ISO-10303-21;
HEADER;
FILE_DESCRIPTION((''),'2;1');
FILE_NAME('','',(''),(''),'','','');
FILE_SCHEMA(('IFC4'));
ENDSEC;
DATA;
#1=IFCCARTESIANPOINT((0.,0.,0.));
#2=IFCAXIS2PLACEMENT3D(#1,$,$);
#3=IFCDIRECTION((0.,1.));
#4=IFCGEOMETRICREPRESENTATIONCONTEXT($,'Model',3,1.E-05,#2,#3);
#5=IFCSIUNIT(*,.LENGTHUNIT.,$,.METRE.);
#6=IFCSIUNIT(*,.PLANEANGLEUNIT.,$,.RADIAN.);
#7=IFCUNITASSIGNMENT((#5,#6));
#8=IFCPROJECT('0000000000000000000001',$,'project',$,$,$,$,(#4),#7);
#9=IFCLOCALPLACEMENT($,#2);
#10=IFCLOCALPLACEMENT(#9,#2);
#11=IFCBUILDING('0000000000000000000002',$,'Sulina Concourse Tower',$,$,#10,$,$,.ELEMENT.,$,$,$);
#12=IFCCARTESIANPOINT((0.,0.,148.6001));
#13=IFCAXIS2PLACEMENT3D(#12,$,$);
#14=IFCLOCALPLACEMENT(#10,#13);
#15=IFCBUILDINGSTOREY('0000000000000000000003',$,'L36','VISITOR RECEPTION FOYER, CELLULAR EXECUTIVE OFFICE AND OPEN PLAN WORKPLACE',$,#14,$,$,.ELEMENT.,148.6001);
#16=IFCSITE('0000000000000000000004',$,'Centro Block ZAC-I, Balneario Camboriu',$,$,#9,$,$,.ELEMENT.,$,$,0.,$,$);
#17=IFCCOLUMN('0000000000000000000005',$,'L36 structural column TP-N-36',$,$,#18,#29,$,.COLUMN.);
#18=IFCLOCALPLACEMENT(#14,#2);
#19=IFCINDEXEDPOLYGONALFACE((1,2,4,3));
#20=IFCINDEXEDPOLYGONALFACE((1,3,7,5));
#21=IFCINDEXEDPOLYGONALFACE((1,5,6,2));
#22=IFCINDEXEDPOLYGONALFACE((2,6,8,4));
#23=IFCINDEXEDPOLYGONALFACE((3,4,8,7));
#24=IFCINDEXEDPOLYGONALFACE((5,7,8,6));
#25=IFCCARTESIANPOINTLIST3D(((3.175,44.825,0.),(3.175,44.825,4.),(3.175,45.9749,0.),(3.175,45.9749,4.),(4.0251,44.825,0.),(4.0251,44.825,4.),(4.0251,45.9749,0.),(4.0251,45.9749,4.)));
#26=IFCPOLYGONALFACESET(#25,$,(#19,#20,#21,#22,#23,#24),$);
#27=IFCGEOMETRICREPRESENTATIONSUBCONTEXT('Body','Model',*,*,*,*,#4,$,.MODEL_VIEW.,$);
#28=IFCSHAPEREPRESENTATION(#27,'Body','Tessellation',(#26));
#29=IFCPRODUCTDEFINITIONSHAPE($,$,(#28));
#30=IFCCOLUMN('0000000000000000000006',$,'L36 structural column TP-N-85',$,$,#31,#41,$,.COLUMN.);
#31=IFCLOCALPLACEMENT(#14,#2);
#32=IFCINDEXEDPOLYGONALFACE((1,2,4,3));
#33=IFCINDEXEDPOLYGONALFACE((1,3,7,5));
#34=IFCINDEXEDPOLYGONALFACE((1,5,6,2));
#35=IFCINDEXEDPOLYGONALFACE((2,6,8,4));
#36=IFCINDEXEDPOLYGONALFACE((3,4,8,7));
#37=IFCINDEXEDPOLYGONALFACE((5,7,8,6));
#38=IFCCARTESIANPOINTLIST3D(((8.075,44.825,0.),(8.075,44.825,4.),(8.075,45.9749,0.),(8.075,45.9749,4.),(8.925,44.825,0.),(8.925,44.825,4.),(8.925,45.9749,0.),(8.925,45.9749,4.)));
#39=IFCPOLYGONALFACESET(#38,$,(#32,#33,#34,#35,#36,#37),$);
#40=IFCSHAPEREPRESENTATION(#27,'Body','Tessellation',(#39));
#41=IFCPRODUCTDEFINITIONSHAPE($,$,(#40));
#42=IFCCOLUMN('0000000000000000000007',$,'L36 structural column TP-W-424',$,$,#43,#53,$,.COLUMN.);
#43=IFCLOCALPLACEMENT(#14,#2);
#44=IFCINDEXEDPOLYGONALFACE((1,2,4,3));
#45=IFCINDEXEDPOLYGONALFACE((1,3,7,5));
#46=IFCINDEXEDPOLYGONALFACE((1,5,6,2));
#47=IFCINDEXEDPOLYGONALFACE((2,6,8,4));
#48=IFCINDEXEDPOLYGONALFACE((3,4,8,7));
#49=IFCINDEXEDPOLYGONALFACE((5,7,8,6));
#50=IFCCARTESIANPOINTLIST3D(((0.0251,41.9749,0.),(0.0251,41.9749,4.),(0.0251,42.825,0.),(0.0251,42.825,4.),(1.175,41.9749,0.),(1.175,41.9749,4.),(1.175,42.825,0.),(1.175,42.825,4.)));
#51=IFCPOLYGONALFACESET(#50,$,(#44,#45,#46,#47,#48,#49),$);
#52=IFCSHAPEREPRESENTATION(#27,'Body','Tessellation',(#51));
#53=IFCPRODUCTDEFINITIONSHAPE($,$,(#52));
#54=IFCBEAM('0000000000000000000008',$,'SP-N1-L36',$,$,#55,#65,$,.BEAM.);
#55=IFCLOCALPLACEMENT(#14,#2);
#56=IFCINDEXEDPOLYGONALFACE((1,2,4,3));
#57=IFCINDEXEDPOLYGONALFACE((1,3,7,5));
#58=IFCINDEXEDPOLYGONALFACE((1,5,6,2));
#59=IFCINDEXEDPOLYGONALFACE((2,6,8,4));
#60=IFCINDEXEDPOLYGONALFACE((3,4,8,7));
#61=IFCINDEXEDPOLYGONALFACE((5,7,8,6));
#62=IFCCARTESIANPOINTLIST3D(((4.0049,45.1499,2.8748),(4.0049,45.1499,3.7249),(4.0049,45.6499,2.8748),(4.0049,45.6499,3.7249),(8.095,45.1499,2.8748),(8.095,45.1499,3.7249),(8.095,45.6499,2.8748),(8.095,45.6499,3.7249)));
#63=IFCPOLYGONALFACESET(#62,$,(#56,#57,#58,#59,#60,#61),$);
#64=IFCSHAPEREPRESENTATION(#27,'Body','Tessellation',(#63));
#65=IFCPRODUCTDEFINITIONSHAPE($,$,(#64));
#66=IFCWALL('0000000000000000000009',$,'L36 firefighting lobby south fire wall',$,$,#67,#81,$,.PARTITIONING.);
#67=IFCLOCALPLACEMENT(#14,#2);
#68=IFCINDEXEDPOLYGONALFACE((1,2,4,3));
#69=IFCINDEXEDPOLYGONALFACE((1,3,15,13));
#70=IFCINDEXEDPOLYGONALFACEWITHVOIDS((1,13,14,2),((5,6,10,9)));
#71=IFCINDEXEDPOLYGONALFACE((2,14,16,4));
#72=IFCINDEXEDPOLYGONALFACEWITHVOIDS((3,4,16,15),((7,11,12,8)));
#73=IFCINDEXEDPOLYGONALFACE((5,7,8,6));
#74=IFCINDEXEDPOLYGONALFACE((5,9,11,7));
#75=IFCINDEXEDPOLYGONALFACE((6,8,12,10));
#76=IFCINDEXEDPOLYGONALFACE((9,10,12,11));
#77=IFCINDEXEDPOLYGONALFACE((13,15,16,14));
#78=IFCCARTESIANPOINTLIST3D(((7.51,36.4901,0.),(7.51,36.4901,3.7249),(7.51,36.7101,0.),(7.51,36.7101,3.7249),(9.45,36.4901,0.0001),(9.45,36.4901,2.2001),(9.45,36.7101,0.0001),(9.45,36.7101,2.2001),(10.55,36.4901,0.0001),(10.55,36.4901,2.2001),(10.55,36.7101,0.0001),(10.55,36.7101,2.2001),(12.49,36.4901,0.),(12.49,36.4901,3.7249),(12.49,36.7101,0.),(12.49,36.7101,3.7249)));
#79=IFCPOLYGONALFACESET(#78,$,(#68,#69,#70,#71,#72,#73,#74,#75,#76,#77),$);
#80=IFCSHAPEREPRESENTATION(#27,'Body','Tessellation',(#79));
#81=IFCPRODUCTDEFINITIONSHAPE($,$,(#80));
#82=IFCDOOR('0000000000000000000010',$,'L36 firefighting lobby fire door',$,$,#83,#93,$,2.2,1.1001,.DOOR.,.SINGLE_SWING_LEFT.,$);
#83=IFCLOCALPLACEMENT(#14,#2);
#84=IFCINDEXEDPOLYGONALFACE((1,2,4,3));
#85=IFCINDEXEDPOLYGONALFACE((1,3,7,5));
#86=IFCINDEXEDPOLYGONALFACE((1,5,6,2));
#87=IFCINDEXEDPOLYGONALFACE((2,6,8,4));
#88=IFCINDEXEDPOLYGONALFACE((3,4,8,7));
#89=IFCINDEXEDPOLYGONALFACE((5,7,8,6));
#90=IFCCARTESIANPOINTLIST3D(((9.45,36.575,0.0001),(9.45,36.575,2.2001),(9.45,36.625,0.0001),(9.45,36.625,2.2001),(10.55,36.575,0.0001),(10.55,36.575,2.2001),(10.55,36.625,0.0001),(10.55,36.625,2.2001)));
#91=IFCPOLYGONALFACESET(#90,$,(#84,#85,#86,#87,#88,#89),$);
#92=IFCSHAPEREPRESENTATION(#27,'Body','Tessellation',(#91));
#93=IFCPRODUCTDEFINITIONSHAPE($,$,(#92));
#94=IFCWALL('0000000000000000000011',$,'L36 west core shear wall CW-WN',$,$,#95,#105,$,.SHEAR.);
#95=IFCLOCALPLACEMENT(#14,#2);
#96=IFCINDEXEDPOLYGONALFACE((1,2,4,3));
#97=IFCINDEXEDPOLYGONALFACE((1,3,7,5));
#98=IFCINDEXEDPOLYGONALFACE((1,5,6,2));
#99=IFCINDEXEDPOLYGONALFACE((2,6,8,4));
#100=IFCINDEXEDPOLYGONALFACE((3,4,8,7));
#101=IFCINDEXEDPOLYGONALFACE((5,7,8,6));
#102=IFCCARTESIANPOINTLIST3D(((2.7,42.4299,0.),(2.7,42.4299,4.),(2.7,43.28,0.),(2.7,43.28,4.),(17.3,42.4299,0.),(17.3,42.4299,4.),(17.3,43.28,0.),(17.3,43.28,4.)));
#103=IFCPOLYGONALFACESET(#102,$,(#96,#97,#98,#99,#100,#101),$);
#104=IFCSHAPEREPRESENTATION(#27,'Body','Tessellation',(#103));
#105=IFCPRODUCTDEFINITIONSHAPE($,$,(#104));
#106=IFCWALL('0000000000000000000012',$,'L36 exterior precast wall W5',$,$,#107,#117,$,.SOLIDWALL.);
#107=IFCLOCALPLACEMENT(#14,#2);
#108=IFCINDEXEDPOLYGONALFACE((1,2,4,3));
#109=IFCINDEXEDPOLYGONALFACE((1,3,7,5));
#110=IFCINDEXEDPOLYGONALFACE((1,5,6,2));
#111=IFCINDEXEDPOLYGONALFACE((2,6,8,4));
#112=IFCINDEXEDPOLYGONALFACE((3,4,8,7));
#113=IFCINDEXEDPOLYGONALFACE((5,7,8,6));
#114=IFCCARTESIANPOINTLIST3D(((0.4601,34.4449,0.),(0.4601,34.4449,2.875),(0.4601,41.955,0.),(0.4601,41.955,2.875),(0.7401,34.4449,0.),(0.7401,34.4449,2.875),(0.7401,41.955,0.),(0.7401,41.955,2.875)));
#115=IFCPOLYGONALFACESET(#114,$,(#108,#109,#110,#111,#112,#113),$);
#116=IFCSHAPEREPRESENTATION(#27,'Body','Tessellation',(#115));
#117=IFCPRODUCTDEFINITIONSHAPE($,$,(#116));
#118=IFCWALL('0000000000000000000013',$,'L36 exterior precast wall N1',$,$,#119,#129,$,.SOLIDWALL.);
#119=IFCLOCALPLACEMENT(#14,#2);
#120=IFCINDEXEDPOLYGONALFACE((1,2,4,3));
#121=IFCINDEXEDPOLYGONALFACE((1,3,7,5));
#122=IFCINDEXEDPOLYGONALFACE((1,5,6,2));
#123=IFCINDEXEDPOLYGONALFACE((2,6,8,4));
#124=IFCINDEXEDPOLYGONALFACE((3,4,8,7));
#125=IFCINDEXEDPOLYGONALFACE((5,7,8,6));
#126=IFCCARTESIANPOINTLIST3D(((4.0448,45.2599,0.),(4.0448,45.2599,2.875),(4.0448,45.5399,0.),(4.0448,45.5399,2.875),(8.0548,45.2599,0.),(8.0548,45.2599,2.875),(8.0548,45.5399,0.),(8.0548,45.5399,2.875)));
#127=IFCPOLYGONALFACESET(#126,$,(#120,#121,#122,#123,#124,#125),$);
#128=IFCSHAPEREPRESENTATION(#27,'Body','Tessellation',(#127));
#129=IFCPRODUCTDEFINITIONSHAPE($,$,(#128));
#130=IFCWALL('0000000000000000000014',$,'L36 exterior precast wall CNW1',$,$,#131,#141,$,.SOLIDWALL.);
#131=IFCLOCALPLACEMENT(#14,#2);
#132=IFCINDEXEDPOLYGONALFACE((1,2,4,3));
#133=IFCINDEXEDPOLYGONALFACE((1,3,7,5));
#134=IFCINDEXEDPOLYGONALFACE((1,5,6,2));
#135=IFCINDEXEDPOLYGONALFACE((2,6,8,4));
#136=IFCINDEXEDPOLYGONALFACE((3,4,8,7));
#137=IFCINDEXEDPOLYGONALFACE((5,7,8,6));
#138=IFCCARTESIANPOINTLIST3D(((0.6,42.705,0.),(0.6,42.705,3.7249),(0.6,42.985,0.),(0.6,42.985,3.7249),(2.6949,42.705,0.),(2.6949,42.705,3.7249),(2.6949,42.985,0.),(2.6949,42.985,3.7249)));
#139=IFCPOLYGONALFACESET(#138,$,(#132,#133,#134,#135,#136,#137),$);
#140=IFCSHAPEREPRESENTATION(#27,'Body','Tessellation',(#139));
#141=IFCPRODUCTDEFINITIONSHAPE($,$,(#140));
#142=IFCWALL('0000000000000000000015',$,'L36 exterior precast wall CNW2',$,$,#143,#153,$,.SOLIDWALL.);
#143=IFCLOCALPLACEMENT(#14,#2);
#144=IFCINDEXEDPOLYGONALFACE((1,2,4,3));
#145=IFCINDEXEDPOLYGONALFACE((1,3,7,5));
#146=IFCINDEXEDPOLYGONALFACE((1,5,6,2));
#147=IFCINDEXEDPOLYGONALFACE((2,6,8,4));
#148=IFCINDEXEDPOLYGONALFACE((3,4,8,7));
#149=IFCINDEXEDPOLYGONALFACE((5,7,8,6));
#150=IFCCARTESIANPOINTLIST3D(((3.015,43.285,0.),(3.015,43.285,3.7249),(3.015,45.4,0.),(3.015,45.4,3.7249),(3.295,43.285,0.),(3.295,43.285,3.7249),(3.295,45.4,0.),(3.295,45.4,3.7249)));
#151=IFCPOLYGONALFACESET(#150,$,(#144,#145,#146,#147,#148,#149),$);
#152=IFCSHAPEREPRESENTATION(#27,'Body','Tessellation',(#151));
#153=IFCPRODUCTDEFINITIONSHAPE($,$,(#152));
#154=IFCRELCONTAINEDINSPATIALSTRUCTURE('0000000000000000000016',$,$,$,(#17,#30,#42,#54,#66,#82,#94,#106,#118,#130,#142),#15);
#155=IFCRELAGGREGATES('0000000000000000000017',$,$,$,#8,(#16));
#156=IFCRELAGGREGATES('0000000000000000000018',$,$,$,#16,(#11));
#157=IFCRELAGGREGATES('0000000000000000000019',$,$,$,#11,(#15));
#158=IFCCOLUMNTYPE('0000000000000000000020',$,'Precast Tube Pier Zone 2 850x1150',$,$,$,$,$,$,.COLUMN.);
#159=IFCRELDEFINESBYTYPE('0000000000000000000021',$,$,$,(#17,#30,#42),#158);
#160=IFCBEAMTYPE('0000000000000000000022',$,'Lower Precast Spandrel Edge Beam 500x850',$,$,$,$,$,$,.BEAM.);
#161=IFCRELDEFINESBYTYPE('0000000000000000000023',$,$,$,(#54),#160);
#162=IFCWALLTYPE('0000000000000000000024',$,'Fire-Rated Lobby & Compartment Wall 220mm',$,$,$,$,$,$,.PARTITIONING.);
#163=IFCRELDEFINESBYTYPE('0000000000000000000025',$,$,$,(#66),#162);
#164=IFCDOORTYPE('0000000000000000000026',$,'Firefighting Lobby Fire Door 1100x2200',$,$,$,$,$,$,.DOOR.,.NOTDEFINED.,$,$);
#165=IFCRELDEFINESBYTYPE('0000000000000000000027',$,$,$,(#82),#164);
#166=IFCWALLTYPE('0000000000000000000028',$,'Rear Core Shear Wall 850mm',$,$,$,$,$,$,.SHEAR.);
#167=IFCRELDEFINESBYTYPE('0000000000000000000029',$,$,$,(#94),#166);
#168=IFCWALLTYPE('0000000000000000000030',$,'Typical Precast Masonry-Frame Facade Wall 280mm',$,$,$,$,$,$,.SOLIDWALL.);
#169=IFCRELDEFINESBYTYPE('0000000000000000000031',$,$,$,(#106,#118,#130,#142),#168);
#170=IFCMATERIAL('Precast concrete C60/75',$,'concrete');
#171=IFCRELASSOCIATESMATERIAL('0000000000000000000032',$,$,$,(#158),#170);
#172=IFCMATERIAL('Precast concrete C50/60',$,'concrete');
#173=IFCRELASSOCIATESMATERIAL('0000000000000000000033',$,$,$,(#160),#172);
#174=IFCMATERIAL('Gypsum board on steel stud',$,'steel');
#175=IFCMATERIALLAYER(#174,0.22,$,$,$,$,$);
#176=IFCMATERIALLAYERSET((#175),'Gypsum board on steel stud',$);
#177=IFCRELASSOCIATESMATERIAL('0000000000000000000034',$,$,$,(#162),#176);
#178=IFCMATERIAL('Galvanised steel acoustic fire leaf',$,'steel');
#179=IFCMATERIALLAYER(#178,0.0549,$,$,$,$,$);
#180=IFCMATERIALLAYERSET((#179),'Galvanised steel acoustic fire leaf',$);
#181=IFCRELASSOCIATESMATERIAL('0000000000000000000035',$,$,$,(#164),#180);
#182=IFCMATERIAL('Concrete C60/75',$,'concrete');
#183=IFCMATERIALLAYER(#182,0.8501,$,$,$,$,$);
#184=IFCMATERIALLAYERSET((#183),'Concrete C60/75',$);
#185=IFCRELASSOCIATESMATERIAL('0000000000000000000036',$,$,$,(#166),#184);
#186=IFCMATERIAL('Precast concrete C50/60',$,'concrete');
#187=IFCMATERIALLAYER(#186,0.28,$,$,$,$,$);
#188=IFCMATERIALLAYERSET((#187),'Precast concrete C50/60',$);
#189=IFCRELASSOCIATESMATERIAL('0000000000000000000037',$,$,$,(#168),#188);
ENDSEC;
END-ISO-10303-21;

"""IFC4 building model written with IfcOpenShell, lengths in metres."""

from ifc_helpers import new_model, si_unit, direction, frame, frame_2d, origin, origin_2d, place, context, subcontext, project, spatial, rectangle, extrude, material, layer, layer_set, material_profile, profile_set, type_object, element, fill, save


model = new_model("IFC4")

# Units and contexts
model_context = context("Model", 3, precision=1e-05, world=origin(), true_north=direction((0.0, 1.0)))
body_context = subcontext(model_context, "Body", "Model", "MODEL_VIEW")
ifc_project = project(units=[si_unit("LENGTHUNIT", "METRE"), si_unit("PLANEANGLEUNIT", "RADIAN")], contexts=[model_context])

# Site, building, storey
site_placement = place(None, origin())
site = spatial("IfcSite", under=ifc_project, at=site_placement, Name="Centro Block ZAC-I, Balneario Camboriu", CompositionType="ELEMENT", RefElevation=0.0)
building_placement = place(site_placement, origin())
building = spatial("IfcBuilding", under=site, at=building_placement, Name="Sulina Concourse Tower", CompositionType="ELEMENT")
storey_placement = place(building_placement, frame((0.0, 0.0, 148.6001)))
storey = spatial("IfcBuildingStorey", under=building, at=storey_placement, Name="L36", Description="VISITOR RECEPTION FOYER, CELLULAR EXECUTIVE OFFICE AND OPEN PLAN WORKPLACE", CompositionType="ELEMENT", Elevation=148.6001)

# Columns
ifc_material_1 = material(Name="Precast concrete C60/75", Category="concrete")
ifc_material_profile_1 = material_profile(ifc_material_1, rectangle(XDim=0.8501, YDim=1.1499, at=origin_2d()), Name="PC 850x1150")
ifc_profile_set_1 = profile_set([ifc_material_profile_1], Name="Precast concrete C60/75")
column_type = type_object("IfcColumnType", Name="Precast Tube Pier Zone 2 850x1150", PredefinedType="COLUMN", material=ifc_profile_set_1)
for number, where, z_axis, x_axis, name in (
    (1, (3.6001, 45.3999, 0.0), (0.0, 0.0, 1.0), (1.0, 0.0, 0.0), "L36 structural column TP-N-36"),
    (2, (8.5, 45.3999, 0.0), (0.0, 0.0, 1.0), (1.0, 0.0, 0.0), "L36 structural column TP-N-85"),
    (3, (0.6001, 42.3999, 0.0), (0.0, 0.0, 1.0), (0.0, 1.0, 0.0), "L36 structural column TP-W-424"),
):
    element("IfcColumn", number, at=place(storey_placement, frame(where, z_axis=z_axis, x_axis=x_axis)), inside=storey, type_object=column_type, Name=name, PredefinedType="COLUMN", context=body_context, shape_type="SweptSolid", body=[
        extrude(rectangle(XDim=0.8501, YDim=1.1499, at=origin_2d()), origin(), (0.0, 0.0, 1.0), 4.0),
    ])

# Beam
ifc_material_2 = material(Name="Precast concrete C50/60", Category="concrete")
ifc_material_profile_2 = material_profile(ifc_material_2, rectangle(XDim=0.5, YDim=0.8501, at=origin_2d()), Name="RC 500x850")
ifc_profile_set_2 = profile_set([ifc_material_profile_2], Name="Precast concrete C50/60")
beam_type = type_object("IfcBeamType", Name="Lower Precast Spandrel Edge Beam 500x850", PredefinedType="BEAM", material=ifc_profile_set_2)
beam_placement = place(storey_placement, frame((4.0049, 45.3999, 3.2998), z_axis=(1.0, 0.0, 0.0), x_axis=(0.0, 1.0, 0.0)))
element("IfcBeam", 4, at=beam_placement, inside=storey, type_object=beam_type, Name="SP-N1-L36", PredefinedType="BEAM", context=body_context, shape_type="SweptSolid", body=[
    extrude(rectangle(XDim=0.5, YDim=0.8501, at=origin_2d()), origin(), (0.0, 0.0, 1.0), 4.0901),
])

# Wall, opening, door
ifc_material_3 = material(Name="Gypsum board on steel stud", Category="steel")
ifc_layer_1 = layer(ifc_material_3, 0.22)
ifc_layer_set_1 = layer_set([ifc_layer_1], Name="Gypsum board on steel stud")
wall_type_1 = type_object("IfcWallType", Name="Fire-Rated Lobby & Compartment Wall 220mm", PredefinedType="PARTITIONING", material=ifc_layer_set_1)
wall_1_placement = place(storey_placement, frame((7.51, 36.6001, 0.0), z_axis=(0.0, 0.0, 1.0), x_axis=(1.0, 0.0, 0.0)))
wall_1 = element("IfcWall", 5, at=wall_1_placement, inside=storey, type_object=wall_type_1, Name="L36 firefighting lobby south fire wall", PredefinedType="PARTITIONING", context=body_context, shape_type="SweptSolid", body=[
    extrude(rectangle(XDim=4.98, YDim=0.22, at=frame_2d((2.49, 0.0))), origin(), (0.0, 0.0, 1.0), 3.7249),
])
opening_placement = place(wall_1_placement, frame((1.9399, 0.0, 0.0)))
opening = element("IfcOpeningElement", 6, at=opening_placement, cuts=wall_1, PredefinedType="OPENING", context=body_context, shape_type="SweptSolid", body=[
    extrude(rectangle(XDim=1.1001, YDim=2.2, at=frame_2d((0.55, 1.1001))), frame((0.0, 0.1199, 0.0), z_axis=(0.0, -1.0, 0.0), x_axis=(1.0, 0.0, 0.0)), (0.0, 0.0, 1.0), 0.24),
])
ifc_material_4 = material(Name="Galvanised steel acoustic fire leaf", Category="steel")
ifc_layer_2 = layer(ifc_material_4, 0.0549)
ifc_layer_set_2 = layer_set([ifc_layer_2], Name="Galvanised steel acoustic fire leaf")
door_type = type_object("IfcDoorType", Name="Firefighting Lobby Fire Door 1100x2200", OperationType="NOTDEFINED", PredefinedType="DOOR", material=ifc_layer_set_2)
door_placement = place(opening_placement, origin())
door = element("IfcDoor", 7, at=door_placement, inside=storey, type_object=door_type, Name="L36 firefighting lobby fire door", OperationType="SINGLE_SWING_LEFT", OverallHeight=2.2, OverallWidth=1.1001, PredefinedType="DOOR", context=body_context, shape_type="SweptSolid", body=[
    extrude(rectangle(XDim=1.1001, YDim=2.2, at=frame_2d((0.55, 1.1001))), frame((0.0, 0.0249, 0.0), z_axis=(0.0, -1.0, 0.0), x_axis=(1.0, 0.0, 0.0)), (0.0, 0.0, 1.0), 0.05),
])
fill(opening, door)

# Walls
ifc_material_5 = material(Name="Concrete C60/75", Category="concrete")
ifc_layer_3 = layer(ifc_material_5, 0.8501)
ifc_layer_set_3 = layer_set([ifc_layer_3], Name="Concrete C60/75")
wall_type_2 = type_object("IfcWallType", Name="Rear Core Shear Wall 850mm", PredefinedType="SHEAR", material=ifc_layer_set_3)
wall_2_placement = place(storey_placement, frame((2.7, 42.855, 0.0), z_axis=(0.0, 0.0, 1.0), x_axis=(1.0, 0.0, 0.0)))
element("IfcWall", 8, at=wall_2_placement, inside=storey, type_object=wall_type_2, Name="L36 west core shear wall CW-WN", PredefinedType="SHEAR", context=body_context, shape_type="SweptSolid", body=[
    extrude(rectangle(XDim=14.6001, YDim=0.8501, at=frame_2d((7.3, 0.0))), origin(), (0.0, 0.0, 1.0), 4.0),
])
ifc_material_6 = material(Name="Precast concrete C50/60", Category="concrete")
ifc_layer_4 = layer(ifc_material_6, 0.28)
ifc_layer_set_4 = layer_set([ifc_layer_4], Name="Precast concrete C50/60")
wall_type_3 = type_object("IfcWallType", Name="Typical Precast Masonry-Frame Facade Wall 280mm", PredefinedType="SOLIDWALL", material=ifc_layer_set_4)
wall_3_placement = place(storey_placement, frame((0.6001, 34.4451, 0.0), z_axis=(0.0, 0.0, 1.0), x_axis=(0.0, 1.0, 0.0)))
element("IfcWall", 9, at=wall_3_placement, inside=storey, type_object=wall_type_3, Name="L36 exterior precast wall W5", PredefinedType="SOLIDWALL", context=body_context, shape_type="SweptSolid", body=[
    extrude(rectangle(XDim=7.51, YDim=0.28, at=frame_2d((3.7549, 0.0))), origin(), (0.0, 0.0, 1.0), 2.875),
])
wall_4_placement = place(storey_placement, frame((4.0449, 45.3999, 0.0), z_axis=(0.0, 0.0, 1.0), x_axis=(1.0, 0.0, 0.0)))
element("IfcWall", 10, at=wall_4_placement, inside=storey, type_object=wall_type_3, Name="L36 exterior precast wall N1", PredefinedType="SOLIDWALL", context=body_context, shape_type="SweptSolid", body=[
    extrude(rectangle(XDim=4.01, YDim=0.28, at=frame_2d((2.0049, 0.0))), origin(), (0.0, 0.0, 1.0), 2.875),
])
wall_5_placement = place(storey_placement, frame((0.6001, 42.845, 0.0), z_axis=(0.0, 0.0, 1.0), x_axis=(1.0, 0.0, 0.0)))
element("IfcWall", 11, at=wall_5_placement, inside=storey, type_object=wall_type_3, Name="L36 exterior precast wall CNW1", PredefinedType="SOLIDWALL", context=body_context, shape_type="SweptSolid", body=[
    extrude(rectangle(XDim=2.095, YDim=0.28, at=frame_2d((1.0474, 0.0))), origin(), (0.0, 0.0, 1.0), 3.7249),
])
wall_6_placement = place(storey_placement, frame((3.155, 43.2849, 0.0), z_axis=(0.0, 0.0, 1.0), x_axis=(0.0, 1.0, 0.0)))
element("IfcWall", 12, at=wall_6_placement, inside=storey, type_object=wall_type_3, Name="L36 exterior precast wall CNW2", PredefinedType="SOLIDWALL", context=body_context, shape_type="SweptSolid", body=[
    extrude(rectangle(XDim=2.115, YDim=0.28, at=frame_2d((1.0576, 0.0))), origin(), (0.0, 0.0, 1.0), 3.7249),
])

save(model, "model.ifc")
